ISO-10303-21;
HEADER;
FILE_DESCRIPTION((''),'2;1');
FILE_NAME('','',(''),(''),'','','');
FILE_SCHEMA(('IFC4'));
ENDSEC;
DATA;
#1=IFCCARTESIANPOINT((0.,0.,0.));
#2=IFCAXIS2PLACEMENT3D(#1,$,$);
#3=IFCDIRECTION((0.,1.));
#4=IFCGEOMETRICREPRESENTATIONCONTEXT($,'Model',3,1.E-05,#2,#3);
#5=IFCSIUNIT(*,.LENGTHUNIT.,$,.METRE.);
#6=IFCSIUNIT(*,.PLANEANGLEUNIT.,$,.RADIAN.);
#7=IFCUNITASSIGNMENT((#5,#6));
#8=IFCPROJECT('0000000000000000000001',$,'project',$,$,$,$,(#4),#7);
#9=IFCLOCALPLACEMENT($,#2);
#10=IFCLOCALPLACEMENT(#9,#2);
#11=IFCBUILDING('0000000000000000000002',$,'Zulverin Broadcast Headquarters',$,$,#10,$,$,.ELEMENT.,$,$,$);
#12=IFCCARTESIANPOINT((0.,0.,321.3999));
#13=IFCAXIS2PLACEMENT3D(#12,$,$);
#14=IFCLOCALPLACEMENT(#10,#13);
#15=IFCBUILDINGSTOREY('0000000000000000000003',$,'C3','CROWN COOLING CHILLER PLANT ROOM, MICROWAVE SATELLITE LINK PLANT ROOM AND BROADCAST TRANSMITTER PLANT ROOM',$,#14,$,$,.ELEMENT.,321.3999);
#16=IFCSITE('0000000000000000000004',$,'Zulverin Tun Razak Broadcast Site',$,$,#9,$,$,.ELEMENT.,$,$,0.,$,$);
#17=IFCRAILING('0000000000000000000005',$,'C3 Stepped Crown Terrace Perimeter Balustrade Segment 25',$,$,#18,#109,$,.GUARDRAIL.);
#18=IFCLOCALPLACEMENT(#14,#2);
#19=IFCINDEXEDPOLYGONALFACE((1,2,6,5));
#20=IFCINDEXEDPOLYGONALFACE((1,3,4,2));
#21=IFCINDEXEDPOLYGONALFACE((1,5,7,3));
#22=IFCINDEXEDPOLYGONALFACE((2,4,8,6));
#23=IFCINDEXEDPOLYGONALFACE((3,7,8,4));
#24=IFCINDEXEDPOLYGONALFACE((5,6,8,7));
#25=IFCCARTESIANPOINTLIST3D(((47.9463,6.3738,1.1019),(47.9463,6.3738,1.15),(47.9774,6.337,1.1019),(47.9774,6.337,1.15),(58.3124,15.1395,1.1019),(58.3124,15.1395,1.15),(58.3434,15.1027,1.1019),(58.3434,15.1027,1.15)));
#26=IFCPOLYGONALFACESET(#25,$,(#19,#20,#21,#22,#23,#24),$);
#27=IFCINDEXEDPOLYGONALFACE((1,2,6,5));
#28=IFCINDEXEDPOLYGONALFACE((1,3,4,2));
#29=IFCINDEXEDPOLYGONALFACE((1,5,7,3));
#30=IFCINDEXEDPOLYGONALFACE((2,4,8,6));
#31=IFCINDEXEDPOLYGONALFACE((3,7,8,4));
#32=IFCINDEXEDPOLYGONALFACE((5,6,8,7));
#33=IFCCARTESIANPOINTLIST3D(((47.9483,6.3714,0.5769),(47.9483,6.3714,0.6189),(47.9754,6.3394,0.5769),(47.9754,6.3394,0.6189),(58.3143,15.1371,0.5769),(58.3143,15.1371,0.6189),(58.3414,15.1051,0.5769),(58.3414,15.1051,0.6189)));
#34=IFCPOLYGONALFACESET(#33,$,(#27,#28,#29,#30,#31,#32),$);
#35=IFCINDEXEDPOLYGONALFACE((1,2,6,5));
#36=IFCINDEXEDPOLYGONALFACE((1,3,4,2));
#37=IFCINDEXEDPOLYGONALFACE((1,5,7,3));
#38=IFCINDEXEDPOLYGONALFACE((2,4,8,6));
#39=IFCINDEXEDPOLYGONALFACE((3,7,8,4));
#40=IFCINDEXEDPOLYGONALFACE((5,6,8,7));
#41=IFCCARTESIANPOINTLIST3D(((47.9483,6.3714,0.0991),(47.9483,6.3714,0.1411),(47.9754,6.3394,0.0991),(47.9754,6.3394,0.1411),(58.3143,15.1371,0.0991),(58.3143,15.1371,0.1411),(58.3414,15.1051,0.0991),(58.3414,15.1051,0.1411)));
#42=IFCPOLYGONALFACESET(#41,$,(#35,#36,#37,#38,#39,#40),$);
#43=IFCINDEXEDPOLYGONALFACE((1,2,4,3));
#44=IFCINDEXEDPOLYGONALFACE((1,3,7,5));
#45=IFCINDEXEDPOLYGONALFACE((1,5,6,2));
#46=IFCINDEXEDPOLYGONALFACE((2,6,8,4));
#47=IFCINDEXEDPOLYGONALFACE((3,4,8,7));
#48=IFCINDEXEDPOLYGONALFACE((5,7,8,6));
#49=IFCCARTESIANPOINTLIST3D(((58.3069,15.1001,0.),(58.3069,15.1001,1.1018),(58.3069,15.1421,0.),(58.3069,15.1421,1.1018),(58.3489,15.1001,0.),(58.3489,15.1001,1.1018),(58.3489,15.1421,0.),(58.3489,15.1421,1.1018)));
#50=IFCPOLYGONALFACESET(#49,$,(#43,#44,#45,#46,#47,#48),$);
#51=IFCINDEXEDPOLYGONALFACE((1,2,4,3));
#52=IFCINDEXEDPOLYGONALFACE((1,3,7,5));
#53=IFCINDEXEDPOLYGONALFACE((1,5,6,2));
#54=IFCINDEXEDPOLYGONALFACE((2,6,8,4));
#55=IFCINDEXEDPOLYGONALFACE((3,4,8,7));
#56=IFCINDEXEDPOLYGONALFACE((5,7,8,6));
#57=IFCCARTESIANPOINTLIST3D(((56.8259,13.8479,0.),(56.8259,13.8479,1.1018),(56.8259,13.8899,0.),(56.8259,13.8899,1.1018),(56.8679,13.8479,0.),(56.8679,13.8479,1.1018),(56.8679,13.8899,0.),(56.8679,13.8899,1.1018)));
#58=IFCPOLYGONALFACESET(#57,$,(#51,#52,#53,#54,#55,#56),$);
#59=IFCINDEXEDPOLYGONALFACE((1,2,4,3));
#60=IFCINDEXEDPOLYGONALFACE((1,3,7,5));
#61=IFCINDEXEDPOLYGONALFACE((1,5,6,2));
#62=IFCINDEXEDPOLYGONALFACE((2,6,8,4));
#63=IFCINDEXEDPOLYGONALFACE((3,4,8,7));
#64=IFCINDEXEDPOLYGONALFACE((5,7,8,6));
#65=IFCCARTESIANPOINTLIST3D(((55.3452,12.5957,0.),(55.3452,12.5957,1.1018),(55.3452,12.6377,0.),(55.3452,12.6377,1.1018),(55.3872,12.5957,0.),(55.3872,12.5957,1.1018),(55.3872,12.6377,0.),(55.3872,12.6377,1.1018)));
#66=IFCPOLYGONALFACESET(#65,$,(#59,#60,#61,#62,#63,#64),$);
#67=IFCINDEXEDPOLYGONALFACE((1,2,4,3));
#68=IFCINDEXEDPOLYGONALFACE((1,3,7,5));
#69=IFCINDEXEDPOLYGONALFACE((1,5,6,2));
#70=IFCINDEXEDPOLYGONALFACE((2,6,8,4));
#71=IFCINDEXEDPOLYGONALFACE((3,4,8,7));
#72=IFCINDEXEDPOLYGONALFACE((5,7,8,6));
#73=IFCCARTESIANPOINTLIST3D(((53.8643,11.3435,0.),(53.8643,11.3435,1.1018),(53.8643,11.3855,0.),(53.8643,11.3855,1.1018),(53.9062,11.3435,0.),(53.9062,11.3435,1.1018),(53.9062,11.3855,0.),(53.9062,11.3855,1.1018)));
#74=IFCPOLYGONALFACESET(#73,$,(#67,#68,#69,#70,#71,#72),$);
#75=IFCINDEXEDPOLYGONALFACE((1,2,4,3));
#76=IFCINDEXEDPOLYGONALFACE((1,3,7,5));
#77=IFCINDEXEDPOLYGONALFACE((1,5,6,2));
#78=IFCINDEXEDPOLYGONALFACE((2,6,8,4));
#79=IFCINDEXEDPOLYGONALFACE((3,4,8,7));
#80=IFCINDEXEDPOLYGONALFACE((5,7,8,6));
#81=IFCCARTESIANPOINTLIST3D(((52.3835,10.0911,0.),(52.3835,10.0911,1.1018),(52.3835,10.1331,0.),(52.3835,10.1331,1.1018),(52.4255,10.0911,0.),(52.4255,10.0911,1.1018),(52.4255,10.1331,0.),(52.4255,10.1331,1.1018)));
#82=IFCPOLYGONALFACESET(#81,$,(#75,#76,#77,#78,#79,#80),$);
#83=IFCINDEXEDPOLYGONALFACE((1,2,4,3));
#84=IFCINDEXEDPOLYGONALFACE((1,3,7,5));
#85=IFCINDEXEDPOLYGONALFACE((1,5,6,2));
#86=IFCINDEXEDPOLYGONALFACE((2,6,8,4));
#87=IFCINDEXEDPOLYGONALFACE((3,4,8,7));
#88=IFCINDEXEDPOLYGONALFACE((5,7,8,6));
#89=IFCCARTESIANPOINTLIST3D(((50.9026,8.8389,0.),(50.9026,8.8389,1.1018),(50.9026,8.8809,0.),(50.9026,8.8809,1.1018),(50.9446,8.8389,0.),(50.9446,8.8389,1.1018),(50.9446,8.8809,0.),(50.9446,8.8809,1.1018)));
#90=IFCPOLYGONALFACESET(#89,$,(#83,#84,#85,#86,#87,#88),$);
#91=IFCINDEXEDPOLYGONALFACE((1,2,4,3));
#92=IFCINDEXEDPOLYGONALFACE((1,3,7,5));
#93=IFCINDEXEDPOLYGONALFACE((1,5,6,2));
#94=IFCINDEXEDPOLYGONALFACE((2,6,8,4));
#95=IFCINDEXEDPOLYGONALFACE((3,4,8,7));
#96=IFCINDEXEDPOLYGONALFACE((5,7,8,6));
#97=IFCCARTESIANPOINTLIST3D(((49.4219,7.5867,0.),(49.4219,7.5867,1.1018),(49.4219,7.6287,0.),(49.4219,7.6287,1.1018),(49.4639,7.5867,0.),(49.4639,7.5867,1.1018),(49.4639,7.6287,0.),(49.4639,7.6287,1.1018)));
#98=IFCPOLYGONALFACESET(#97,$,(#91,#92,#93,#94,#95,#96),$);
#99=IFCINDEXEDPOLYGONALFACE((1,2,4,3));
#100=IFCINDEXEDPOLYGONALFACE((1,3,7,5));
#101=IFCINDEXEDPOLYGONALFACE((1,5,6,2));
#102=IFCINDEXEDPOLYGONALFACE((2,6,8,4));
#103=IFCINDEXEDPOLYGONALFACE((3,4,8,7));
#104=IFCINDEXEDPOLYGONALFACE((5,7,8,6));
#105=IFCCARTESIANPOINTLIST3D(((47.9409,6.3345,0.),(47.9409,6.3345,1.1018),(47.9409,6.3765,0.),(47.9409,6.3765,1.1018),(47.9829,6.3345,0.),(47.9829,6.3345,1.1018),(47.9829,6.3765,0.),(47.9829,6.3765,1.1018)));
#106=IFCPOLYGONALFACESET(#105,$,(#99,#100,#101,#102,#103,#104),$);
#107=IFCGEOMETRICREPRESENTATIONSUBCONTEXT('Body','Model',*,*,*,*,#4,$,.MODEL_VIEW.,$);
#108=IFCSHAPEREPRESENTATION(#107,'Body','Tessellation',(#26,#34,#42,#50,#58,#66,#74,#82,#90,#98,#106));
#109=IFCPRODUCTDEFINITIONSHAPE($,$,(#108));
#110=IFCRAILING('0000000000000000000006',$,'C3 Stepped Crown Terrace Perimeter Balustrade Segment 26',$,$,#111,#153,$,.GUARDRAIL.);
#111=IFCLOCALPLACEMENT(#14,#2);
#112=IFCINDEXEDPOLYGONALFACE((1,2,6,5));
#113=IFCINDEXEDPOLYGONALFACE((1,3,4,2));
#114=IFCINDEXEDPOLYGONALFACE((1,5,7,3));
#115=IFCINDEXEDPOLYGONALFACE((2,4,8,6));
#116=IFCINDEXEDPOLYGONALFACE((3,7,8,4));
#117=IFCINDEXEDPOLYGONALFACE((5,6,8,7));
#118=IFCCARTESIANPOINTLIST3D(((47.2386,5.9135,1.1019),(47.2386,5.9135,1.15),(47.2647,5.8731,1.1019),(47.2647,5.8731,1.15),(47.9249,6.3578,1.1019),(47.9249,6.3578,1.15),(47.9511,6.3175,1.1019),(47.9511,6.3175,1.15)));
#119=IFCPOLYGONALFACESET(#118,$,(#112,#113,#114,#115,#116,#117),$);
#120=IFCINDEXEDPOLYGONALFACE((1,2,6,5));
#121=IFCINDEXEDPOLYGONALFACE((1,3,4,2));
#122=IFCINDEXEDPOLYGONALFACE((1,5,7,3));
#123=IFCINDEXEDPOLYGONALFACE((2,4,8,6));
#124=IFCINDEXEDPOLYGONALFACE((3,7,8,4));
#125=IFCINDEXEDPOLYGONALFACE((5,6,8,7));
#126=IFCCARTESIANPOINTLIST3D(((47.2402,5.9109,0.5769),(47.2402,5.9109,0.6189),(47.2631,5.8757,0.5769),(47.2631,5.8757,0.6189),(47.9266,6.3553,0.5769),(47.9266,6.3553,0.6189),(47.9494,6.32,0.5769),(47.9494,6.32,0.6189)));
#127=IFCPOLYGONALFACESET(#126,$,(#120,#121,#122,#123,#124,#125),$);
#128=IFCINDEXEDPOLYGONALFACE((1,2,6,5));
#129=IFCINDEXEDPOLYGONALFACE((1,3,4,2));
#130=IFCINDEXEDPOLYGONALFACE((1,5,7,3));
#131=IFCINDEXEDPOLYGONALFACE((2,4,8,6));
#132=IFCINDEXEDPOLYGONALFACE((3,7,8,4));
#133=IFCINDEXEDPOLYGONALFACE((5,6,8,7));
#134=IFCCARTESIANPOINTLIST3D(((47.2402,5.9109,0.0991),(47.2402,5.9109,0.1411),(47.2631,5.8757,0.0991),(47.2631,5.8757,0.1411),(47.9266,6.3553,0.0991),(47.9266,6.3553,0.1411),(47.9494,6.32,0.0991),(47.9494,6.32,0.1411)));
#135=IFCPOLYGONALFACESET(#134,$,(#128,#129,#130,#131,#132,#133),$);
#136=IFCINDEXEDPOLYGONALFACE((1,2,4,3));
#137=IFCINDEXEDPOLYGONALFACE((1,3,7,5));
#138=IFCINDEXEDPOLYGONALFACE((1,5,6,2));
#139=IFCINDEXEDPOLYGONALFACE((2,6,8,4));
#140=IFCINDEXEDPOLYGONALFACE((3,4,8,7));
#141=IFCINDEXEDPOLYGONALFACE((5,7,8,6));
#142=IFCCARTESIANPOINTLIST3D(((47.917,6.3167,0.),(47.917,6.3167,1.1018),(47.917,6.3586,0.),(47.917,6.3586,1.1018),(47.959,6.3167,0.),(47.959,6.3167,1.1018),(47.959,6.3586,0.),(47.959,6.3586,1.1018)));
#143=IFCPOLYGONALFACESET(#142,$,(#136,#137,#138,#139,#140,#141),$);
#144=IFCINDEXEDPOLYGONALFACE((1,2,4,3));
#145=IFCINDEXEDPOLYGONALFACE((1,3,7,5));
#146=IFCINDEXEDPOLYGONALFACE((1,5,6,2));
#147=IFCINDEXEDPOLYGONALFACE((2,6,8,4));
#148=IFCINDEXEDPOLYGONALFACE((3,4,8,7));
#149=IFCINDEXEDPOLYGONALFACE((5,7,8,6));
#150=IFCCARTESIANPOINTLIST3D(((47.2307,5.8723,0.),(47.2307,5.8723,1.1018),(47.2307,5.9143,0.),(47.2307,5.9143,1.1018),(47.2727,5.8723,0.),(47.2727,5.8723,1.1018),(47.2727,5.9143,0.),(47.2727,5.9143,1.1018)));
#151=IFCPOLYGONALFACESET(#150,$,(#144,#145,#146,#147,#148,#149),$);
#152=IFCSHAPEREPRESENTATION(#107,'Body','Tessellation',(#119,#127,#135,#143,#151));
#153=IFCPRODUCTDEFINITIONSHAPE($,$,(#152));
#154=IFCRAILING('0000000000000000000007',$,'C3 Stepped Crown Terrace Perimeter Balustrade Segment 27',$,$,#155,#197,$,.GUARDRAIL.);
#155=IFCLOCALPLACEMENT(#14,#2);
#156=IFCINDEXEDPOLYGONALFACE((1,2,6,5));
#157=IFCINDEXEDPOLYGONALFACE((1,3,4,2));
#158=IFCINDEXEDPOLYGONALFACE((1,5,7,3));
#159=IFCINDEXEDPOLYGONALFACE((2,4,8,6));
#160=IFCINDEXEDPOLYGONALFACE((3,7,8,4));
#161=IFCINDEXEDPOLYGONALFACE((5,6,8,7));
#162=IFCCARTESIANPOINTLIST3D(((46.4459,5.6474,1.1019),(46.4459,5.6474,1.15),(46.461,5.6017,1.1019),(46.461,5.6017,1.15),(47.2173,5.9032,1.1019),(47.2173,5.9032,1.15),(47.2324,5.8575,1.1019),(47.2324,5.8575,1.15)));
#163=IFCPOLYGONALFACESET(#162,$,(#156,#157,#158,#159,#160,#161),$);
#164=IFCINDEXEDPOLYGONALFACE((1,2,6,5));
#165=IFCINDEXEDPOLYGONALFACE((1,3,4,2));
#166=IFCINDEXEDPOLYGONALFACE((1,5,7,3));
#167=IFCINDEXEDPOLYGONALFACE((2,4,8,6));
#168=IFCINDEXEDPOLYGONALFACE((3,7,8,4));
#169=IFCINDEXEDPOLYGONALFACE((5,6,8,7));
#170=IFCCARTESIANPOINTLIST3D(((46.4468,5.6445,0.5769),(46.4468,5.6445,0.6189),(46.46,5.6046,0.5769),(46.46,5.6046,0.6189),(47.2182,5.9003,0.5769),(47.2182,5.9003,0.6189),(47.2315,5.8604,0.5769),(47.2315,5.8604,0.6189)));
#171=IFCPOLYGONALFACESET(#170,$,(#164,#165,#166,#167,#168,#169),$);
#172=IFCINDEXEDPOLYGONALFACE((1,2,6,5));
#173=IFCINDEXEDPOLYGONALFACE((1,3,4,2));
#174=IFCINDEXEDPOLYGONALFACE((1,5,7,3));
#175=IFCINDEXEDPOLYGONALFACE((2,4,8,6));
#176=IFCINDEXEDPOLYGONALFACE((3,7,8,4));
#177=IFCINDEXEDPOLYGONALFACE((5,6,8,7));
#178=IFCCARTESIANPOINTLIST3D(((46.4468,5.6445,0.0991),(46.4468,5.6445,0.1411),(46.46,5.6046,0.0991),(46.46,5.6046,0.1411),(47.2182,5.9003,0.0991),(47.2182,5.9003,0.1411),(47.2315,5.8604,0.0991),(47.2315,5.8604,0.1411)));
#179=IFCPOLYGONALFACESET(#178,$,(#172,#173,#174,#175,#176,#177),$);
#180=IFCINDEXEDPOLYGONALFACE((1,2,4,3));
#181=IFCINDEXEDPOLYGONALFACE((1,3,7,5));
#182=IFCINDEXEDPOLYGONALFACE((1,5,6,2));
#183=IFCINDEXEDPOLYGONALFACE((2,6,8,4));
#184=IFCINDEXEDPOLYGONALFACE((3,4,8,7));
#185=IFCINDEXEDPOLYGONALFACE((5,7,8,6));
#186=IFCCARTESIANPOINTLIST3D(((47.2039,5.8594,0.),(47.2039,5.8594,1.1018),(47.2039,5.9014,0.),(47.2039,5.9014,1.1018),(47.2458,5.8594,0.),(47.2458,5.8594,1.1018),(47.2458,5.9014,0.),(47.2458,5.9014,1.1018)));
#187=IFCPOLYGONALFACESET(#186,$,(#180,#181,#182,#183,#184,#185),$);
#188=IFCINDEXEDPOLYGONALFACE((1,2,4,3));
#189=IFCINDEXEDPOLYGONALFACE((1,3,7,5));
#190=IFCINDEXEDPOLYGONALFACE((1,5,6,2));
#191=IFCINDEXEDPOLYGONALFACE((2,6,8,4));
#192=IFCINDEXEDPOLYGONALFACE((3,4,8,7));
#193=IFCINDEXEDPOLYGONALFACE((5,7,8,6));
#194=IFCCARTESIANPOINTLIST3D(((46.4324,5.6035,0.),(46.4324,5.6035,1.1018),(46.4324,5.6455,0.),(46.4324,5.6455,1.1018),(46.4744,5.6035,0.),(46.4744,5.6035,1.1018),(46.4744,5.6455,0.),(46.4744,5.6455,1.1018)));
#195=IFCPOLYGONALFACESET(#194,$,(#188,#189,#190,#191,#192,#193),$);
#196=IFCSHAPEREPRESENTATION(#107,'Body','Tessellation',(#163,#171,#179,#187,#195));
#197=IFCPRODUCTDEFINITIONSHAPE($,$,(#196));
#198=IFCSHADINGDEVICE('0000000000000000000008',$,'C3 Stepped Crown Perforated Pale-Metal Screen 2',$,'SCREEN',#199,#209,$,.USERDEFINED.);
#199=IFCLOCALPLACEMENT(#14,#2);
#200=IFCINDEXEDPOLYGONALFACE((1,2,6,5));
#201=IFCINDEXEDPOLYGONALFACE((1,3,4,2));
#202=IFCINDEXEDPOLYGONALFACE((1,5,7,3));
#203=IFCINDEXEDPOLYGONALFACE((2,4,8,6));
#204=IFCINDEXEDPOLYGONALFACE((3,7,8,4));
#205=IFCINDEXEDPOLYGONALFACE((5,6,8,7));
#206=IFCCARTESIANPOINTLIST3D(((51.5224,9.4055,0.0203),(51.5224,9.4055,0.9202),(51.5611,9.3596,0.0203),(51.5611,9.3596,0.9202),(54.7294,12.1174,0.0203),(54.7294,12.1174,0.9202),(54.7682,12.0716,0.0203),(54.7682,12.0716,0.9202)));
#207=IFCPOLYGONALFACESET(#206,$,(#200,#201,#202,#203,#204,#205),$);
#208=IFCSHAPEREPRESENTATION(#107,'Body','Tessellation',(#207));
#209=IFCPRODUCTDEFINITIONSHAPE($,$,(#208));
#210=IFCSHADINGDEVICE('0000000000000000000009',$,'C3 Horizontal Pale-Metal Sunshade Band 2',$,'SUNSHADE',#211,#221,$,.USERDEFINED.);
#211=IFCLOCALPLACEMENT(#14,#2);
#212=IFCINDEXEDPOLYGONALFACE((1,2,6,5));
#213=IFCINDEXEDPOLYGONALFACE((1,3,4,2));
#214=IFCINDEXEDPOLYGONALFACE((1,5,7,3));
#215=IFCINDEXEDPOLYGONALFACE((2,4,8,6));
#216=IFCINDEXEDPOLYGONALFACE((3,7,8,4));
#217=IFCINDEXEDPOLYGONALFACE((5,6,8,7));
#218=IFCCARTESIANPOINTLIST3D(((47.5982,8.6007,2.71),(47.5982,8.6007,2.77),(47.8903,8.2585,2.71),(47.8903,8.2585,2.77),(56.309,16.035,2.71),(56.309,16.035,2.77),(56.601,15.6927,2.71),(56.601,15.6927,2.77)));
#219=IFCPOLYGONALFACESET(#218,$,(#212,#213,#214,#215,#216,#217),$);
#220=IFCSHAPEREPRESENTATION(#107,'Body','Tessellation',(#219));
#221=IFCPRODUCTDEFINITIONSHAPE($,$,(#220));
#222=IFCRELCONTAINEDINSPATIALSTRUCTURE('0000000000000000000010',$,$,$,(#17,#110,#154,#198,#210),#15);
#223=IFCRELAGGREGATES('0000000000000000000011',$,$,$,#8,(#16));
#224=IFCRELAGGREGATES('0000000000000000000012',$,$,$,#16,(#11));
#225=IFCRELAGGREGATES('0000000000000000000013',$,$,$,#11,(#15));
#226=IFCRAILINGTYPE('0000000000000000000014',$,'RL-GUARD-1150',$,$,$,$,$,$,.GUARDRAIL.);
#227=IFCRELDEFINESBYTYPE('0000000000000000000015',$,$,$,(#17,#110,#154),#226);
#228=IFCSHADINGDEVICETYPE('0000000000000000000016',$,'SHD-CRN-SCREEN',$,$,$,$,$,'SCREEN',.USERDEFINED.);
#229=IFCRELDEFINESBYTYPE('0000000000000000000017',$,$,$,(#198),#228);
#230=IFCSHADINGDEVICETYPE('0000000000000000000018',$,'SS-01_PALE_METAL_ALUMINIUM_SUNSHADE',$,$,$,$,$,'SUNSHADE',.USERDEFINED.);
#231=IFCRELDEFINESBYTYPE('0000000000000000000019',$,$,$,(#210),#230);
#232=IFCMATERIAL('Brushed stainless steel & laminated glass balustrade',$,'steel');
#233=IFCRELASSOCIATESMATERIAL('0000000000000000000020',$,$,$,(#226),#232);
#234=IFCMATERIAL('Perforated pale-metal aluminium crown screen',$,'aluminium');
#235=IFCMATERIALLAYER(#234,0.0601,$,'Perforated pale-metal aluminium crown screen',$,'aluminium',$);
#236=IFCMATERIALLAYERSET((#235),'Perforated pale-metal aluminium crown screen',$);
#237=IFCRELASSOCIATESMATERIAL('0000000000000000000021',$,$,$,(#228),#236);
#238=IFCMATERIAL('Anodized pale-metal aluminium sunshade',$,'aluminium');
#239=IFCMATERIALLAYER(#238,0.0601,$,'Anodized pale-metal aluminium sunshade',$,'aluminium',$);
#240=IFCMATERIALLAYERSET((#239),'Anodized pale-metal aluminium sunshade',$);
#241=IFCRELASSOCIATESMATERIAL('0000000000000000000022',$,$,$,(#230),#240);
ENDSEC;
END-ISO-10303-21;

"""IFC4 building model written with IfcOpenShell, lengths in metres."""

from ifc_helpers import new_model, si_unit, direction, frame, origin, origin_2d, place, context, subcontext, project, spatial, rectangle, extrude, material, layer, layer_set, type_object, element, save


model = new_model("IFC4")

# Units and contexts
model_context = context("Model", 3, precision=1e-05, world=origin(), true_north=direction((0.0, 1.0)))
body_context = subcontext(model_context, "Body", "Model", "MODEL_VIEW")
ifc_project = project(units=[si_unit("LENGTHUNIT", "METRE"), si_unit("PLANEANGLEUNIT", "RADIAN")], contexts=[model_context])

# Site, building, storey
site_placement = place(None, origin())
site = spatial("IfcSite", under=ifc_project, at=site_placement, Name="Zulverin Tun Razak Broadcast Site", CompositionType="ELEMENT", RefElevation=0.0)
building_placement = place(site_placement, origin())
building = spatial("IfcBuilding", under=site, at=building_placement, Name="Zulverin Broadcast Headquarters", CompositionType="ELEMENT")
storey_placement = place(building_placement, frame((0.0, 0.0, 321.3999)))
storey = spatial("IfcBuildingStorey", under=building, at=storey_placement, Name="C3", Description="CROWN COOLING CHILLER PLANT ROOM, MICROWAVE SATELLITE LINK PLANT ROOM AND BROADCAST TRANSMITTER PLANT ROOM", CompositionType="ELEMENT", Elevation=321.3999)

# Railings
ifc_material_1 = material(Name="Brushed stainless steel & laminated glass balustrade", Category="steel")
railing_type = type_object("IfcRailingType", Name="RL-GUARD-1150", PredefinedType="GUARDRAIL", material=ifc_material_1)
railing_1_placement = place(storey_placement, frame((58.3279, 15.1211, 0.0)))
element("IfcRailing", 1, at=railing_1_placement, inside=storey, type_object=railing_type, Name="C3 Stepped Crown Terrace Perimeter Balustrade Segment 25", PredefinedType="GUARDRAIL", context=body_context, shape_type="SweptSolid", body=[
    extrude(rectangle(XDim=0.0481, YDim=0.0481, at=origin_2d()), frame((0.0, 0.0, 1.126), z_axis=(-0.763589, -0.645703, 0.0), x_axis=(0.645703, -0.763589, 0.0)), (0.0, 0.0, 1.0), 13.5754),
    extrude(rectangle(XDim=0.042, YDim=0.042, at=origin_2d()), frame((0.0, 0.0, 0.5979), z_axis=(-0.763589, -0.645703, 0.0), x_axis=(0.645703, -0.763589, 0.0)), (0.0, 0.0, 1.0), 13.5754),
    extrude(rectangle(XDim=0.042, YDim=0.042, at=origin_2d()), frame((0.0, 0.0, 0.1201), z_axis=(-0.763589, -0.645703, 0.0), x_axis=(0.645703, -0.763589, 0.0)), (0.0, 0.0, 1.0), 13.5754),
    extrude(rectangle(XDim=0.042, YDim=0.042, at=origin_2d()), origin(), (0.0, 0.0, 1.0), 1.1018),
    extrude(rectangle(XDim=0.042, YDim=0.042, at=origin_2d()), frame((-1.481, -1.2522, 0.0)), (0.0, 0.0, 1.0), 1.1018),
    extrude(rectangle(XDim=0.042, YDim=0.042, at=origin_2d()), frame((-2.9617, -2.5044, 0.0)), (0.0, 0.0, 1.0), 1.1018),
    extrude(rectangle(XDim=0.042, YDim=0.042, at=origin_2d()), frame((-4.4426, -3.7566, 0.0)), (0.0, 0.0, 1.0), 1.1018),
    extrude(rectangle(XDim=0.042, YDim=0.042, at=origin_2d()), frame((-5.9233, -5.009, 0.0)), (0.0, 0.0, 1.0), 1.1018),
    extrude(rectangle(XDim=0.042, YDim=0.042, at=origin_2d()), frame((-7.4043, -6.2612, 0.0)), (0.0, 0.0, 1.0), 1.1018),
    extrude(rectangle(XDim=0.042, YDim=0.042, at=origin_2d()), frame((-8.885, -7.5134, 0.0)), (0.0, 0.0, 1.0), 1.1018),
    extrude(rectangle(XDim=0.042, YDim=0.042, at=origin_2d()), frame((-10.366, -8.7656, 0.0)), (0.0, 0.0, 1.0), 1.1018),
])
railing_2_placement = place(storey_placement, frame((47.938, 6.3376, 0.0)))
element("IfcRailing", 2, at=railing_2_placement, inside=storey, type_object=railing_type, Name="C3 Stepped Crown Terrace Perimeter Balustrade Segment 26", PredefinedType="GUARDRAIL", context=body_context, shape_type="SweptSolid", body=[
    extrude(rectangle(XDim=0.0481, YDim=0.0481, at=origin_2d()), frame((0.0, 0.0, 1.126), z_axis=(-0.839418, -0.543487, 0.0), x_axis=(0.543487, -0.839418, 0.0)), (0.0, 0.0, 1.0), 0.8176),
    extrude(rectangle(XDim=0.042, YDim=0.042, at=origin_2d()), frame((0.0, 0.0, 0.5979), z_axis=(-0.839418, -0.543487, 0.0), x_axis=(0.543487, -0.839418, 0.0)), (0.0, 0.0, 1.0), 0.8176),
    extrude(rectangle(XDim=0.042, YDim=0.042, at=origin_2d()), frame((0.0, 0.0, 0.1201), z_axis=(-0.839418, -0.543487, 0.0), x_axis=(0.543487, -0.839418, 0.0)), (0.0, 0.0, 1.0), 0.8176),
    extrude(rectangle(XDim=0.042, YDim=0.042, at=origin_2d()), origin(), (0.0, 0.0, 1.0), 1.1018),
    extrude(rectangle(XDim=0.042, YDim=0.042, at=origin_2d()), frame((-0.6863, -0.4443, 0.0)), (0.0, 0.0, 1.0), 1.1018),
])
railing_3_placement = place(storey_placement, frame((47.2249, 5.8804, 0.0)))
element("IfcRailing", 3, at=railing_3_placement, inside=storey, type_object=railing_type, Name="C3 Stepped Crown Terrace Perimeter Balustrade Segment 27", PredefinedType="GUARDRAIL", context=body_context, shape_type="SweptSolid", body=[
    extrude(rectangle(XDim=0.0481, YDim=0.0481, at=origin_2d()), frame((0.0, 0.0, 1.126), z_axis=(-0.949163, -0.314786, 0.0), x_axis=(0.314786, -0.949163, 0.0)), (0.0, 0.0, 1.0), 0.8127),
    extrude(rectangle(XDim=0.042, YDim=0.042, at=origin_2d()), frame((0.0, 0.0, 0.5979), z_axis=(-0.949163, -0.314786, 0.0), x_axis=(0.314786, -0.949163, 0.0)), (0.0, 0.0, 1.0), 0.8127),
    extrude(rectangle(XDim=0.042, YDim=0.042, at=origin_2d()), frame((0.0, 0.0, 0.1201), z_axis=(-0.949163, -0.314786, 0.0), x_axis=(0.314786, -0.949163, 0.0)), (0.0, 0.0, 1.0), 0.8127),
    extrude(rectangle(XDim=0.042, YDim=0.042, at=origin_2d()), origin(), (0.0, 0.0, 1.0), 1.1018),
    extrude(rectangle(XDim=0.042, YDim=0.042, at=origin_2d()), frame((-0.7715, -0.2559, 0.0)), (0.0, 0.0, 1.0), 1.1018),
])

# Shading devices
ifc_material_2 = material(Name="Perforated pale-metal aluminium crown screen", Category="aluminium")
ifc_layer_1 = layer(ifc_material_2, 0.0601, Name="Perforated pale-metal aluminium crown screen", Category="aluminium")
ifc_layer_set_1 = layer_set([ifc_layer_1], Name="Perforated pale-metal aluminium crown screen")
shading_device_type_1 = type_object("IfcShadingDeviceType", Name="SHD-CRN-SCREEN", ElementType="SCREEN", PredefinedType="USERDEFINED", material=ifc_layer_set_1)
shading_device_1_placement = place(storey_placement, frame((53.1453, 10.7385, 0.0203), z_axis=(0.0, 0.0, 1.0), x_axis=(0.763588, 0.645704, 0.0)))
element("IfcShadingDevice", 4, at=shading_device_1_placement, inside=storey, type_object=shading_device_type_1, Name="C3 Stepped Crown Perforated Pale-Metal Screen 2", ObjectType="SCREEN", PredefinedType="USERDEFINED", context=body_context, shape_type="SweptSolid", body=[
    extrude(rectangle(XDim=4.2, YDim=0.0601, at=origin_2d()), origin(), (0.0, 0.0, 1.0), 0.8999),
])
ifc_material_3 = material(Name="Anodized pale-metal aluminium sunshade", Category="aluminium")
ifc_layer_2 = layer(ifc_material_3, 0.0601, Name="Anodized pale-metal aluminium sunshade", Category="aluminium")
ifc_layer_set_2 = layer_set([ifc_layer_2], Name="Anodized pale-metal aluminium sunshade")
shading_device_type_2 = type_object("IfcShadingDeviceType", Name="SS-01_PALE_METAL_ALUMINIUM_SUNSHADE", ElementType="SUNSHADE", PredefinedType="USERDEFINED", material=ifc_layer_set_2)
shading_device_2_placement = place(storey_placement, frame((52.0996, 12.1467, 2.71), z_axis=(0.0, 0.0, 1.0), x_axis=(0.760641, 0.649173, 0.0)))
element("IfcShadingDevice", 5, at=shading_device_2_placement, inside=storey, type_object=shading_device_type_2, Name="C3 Horizontal Pale-Metal Sunshade Band 2", ObjectType="SUNSHADE", PredefinedType="USERDEFINED", context=body_context, shape_type="SweptSolid", body=[
    extrude(rectangle(XDim=11.4519, YDim=0.45, at=origin_2d()), origin(), (0.0, 0.0, 1.0), 0.0601),
])

save(model, "model.ifc")
